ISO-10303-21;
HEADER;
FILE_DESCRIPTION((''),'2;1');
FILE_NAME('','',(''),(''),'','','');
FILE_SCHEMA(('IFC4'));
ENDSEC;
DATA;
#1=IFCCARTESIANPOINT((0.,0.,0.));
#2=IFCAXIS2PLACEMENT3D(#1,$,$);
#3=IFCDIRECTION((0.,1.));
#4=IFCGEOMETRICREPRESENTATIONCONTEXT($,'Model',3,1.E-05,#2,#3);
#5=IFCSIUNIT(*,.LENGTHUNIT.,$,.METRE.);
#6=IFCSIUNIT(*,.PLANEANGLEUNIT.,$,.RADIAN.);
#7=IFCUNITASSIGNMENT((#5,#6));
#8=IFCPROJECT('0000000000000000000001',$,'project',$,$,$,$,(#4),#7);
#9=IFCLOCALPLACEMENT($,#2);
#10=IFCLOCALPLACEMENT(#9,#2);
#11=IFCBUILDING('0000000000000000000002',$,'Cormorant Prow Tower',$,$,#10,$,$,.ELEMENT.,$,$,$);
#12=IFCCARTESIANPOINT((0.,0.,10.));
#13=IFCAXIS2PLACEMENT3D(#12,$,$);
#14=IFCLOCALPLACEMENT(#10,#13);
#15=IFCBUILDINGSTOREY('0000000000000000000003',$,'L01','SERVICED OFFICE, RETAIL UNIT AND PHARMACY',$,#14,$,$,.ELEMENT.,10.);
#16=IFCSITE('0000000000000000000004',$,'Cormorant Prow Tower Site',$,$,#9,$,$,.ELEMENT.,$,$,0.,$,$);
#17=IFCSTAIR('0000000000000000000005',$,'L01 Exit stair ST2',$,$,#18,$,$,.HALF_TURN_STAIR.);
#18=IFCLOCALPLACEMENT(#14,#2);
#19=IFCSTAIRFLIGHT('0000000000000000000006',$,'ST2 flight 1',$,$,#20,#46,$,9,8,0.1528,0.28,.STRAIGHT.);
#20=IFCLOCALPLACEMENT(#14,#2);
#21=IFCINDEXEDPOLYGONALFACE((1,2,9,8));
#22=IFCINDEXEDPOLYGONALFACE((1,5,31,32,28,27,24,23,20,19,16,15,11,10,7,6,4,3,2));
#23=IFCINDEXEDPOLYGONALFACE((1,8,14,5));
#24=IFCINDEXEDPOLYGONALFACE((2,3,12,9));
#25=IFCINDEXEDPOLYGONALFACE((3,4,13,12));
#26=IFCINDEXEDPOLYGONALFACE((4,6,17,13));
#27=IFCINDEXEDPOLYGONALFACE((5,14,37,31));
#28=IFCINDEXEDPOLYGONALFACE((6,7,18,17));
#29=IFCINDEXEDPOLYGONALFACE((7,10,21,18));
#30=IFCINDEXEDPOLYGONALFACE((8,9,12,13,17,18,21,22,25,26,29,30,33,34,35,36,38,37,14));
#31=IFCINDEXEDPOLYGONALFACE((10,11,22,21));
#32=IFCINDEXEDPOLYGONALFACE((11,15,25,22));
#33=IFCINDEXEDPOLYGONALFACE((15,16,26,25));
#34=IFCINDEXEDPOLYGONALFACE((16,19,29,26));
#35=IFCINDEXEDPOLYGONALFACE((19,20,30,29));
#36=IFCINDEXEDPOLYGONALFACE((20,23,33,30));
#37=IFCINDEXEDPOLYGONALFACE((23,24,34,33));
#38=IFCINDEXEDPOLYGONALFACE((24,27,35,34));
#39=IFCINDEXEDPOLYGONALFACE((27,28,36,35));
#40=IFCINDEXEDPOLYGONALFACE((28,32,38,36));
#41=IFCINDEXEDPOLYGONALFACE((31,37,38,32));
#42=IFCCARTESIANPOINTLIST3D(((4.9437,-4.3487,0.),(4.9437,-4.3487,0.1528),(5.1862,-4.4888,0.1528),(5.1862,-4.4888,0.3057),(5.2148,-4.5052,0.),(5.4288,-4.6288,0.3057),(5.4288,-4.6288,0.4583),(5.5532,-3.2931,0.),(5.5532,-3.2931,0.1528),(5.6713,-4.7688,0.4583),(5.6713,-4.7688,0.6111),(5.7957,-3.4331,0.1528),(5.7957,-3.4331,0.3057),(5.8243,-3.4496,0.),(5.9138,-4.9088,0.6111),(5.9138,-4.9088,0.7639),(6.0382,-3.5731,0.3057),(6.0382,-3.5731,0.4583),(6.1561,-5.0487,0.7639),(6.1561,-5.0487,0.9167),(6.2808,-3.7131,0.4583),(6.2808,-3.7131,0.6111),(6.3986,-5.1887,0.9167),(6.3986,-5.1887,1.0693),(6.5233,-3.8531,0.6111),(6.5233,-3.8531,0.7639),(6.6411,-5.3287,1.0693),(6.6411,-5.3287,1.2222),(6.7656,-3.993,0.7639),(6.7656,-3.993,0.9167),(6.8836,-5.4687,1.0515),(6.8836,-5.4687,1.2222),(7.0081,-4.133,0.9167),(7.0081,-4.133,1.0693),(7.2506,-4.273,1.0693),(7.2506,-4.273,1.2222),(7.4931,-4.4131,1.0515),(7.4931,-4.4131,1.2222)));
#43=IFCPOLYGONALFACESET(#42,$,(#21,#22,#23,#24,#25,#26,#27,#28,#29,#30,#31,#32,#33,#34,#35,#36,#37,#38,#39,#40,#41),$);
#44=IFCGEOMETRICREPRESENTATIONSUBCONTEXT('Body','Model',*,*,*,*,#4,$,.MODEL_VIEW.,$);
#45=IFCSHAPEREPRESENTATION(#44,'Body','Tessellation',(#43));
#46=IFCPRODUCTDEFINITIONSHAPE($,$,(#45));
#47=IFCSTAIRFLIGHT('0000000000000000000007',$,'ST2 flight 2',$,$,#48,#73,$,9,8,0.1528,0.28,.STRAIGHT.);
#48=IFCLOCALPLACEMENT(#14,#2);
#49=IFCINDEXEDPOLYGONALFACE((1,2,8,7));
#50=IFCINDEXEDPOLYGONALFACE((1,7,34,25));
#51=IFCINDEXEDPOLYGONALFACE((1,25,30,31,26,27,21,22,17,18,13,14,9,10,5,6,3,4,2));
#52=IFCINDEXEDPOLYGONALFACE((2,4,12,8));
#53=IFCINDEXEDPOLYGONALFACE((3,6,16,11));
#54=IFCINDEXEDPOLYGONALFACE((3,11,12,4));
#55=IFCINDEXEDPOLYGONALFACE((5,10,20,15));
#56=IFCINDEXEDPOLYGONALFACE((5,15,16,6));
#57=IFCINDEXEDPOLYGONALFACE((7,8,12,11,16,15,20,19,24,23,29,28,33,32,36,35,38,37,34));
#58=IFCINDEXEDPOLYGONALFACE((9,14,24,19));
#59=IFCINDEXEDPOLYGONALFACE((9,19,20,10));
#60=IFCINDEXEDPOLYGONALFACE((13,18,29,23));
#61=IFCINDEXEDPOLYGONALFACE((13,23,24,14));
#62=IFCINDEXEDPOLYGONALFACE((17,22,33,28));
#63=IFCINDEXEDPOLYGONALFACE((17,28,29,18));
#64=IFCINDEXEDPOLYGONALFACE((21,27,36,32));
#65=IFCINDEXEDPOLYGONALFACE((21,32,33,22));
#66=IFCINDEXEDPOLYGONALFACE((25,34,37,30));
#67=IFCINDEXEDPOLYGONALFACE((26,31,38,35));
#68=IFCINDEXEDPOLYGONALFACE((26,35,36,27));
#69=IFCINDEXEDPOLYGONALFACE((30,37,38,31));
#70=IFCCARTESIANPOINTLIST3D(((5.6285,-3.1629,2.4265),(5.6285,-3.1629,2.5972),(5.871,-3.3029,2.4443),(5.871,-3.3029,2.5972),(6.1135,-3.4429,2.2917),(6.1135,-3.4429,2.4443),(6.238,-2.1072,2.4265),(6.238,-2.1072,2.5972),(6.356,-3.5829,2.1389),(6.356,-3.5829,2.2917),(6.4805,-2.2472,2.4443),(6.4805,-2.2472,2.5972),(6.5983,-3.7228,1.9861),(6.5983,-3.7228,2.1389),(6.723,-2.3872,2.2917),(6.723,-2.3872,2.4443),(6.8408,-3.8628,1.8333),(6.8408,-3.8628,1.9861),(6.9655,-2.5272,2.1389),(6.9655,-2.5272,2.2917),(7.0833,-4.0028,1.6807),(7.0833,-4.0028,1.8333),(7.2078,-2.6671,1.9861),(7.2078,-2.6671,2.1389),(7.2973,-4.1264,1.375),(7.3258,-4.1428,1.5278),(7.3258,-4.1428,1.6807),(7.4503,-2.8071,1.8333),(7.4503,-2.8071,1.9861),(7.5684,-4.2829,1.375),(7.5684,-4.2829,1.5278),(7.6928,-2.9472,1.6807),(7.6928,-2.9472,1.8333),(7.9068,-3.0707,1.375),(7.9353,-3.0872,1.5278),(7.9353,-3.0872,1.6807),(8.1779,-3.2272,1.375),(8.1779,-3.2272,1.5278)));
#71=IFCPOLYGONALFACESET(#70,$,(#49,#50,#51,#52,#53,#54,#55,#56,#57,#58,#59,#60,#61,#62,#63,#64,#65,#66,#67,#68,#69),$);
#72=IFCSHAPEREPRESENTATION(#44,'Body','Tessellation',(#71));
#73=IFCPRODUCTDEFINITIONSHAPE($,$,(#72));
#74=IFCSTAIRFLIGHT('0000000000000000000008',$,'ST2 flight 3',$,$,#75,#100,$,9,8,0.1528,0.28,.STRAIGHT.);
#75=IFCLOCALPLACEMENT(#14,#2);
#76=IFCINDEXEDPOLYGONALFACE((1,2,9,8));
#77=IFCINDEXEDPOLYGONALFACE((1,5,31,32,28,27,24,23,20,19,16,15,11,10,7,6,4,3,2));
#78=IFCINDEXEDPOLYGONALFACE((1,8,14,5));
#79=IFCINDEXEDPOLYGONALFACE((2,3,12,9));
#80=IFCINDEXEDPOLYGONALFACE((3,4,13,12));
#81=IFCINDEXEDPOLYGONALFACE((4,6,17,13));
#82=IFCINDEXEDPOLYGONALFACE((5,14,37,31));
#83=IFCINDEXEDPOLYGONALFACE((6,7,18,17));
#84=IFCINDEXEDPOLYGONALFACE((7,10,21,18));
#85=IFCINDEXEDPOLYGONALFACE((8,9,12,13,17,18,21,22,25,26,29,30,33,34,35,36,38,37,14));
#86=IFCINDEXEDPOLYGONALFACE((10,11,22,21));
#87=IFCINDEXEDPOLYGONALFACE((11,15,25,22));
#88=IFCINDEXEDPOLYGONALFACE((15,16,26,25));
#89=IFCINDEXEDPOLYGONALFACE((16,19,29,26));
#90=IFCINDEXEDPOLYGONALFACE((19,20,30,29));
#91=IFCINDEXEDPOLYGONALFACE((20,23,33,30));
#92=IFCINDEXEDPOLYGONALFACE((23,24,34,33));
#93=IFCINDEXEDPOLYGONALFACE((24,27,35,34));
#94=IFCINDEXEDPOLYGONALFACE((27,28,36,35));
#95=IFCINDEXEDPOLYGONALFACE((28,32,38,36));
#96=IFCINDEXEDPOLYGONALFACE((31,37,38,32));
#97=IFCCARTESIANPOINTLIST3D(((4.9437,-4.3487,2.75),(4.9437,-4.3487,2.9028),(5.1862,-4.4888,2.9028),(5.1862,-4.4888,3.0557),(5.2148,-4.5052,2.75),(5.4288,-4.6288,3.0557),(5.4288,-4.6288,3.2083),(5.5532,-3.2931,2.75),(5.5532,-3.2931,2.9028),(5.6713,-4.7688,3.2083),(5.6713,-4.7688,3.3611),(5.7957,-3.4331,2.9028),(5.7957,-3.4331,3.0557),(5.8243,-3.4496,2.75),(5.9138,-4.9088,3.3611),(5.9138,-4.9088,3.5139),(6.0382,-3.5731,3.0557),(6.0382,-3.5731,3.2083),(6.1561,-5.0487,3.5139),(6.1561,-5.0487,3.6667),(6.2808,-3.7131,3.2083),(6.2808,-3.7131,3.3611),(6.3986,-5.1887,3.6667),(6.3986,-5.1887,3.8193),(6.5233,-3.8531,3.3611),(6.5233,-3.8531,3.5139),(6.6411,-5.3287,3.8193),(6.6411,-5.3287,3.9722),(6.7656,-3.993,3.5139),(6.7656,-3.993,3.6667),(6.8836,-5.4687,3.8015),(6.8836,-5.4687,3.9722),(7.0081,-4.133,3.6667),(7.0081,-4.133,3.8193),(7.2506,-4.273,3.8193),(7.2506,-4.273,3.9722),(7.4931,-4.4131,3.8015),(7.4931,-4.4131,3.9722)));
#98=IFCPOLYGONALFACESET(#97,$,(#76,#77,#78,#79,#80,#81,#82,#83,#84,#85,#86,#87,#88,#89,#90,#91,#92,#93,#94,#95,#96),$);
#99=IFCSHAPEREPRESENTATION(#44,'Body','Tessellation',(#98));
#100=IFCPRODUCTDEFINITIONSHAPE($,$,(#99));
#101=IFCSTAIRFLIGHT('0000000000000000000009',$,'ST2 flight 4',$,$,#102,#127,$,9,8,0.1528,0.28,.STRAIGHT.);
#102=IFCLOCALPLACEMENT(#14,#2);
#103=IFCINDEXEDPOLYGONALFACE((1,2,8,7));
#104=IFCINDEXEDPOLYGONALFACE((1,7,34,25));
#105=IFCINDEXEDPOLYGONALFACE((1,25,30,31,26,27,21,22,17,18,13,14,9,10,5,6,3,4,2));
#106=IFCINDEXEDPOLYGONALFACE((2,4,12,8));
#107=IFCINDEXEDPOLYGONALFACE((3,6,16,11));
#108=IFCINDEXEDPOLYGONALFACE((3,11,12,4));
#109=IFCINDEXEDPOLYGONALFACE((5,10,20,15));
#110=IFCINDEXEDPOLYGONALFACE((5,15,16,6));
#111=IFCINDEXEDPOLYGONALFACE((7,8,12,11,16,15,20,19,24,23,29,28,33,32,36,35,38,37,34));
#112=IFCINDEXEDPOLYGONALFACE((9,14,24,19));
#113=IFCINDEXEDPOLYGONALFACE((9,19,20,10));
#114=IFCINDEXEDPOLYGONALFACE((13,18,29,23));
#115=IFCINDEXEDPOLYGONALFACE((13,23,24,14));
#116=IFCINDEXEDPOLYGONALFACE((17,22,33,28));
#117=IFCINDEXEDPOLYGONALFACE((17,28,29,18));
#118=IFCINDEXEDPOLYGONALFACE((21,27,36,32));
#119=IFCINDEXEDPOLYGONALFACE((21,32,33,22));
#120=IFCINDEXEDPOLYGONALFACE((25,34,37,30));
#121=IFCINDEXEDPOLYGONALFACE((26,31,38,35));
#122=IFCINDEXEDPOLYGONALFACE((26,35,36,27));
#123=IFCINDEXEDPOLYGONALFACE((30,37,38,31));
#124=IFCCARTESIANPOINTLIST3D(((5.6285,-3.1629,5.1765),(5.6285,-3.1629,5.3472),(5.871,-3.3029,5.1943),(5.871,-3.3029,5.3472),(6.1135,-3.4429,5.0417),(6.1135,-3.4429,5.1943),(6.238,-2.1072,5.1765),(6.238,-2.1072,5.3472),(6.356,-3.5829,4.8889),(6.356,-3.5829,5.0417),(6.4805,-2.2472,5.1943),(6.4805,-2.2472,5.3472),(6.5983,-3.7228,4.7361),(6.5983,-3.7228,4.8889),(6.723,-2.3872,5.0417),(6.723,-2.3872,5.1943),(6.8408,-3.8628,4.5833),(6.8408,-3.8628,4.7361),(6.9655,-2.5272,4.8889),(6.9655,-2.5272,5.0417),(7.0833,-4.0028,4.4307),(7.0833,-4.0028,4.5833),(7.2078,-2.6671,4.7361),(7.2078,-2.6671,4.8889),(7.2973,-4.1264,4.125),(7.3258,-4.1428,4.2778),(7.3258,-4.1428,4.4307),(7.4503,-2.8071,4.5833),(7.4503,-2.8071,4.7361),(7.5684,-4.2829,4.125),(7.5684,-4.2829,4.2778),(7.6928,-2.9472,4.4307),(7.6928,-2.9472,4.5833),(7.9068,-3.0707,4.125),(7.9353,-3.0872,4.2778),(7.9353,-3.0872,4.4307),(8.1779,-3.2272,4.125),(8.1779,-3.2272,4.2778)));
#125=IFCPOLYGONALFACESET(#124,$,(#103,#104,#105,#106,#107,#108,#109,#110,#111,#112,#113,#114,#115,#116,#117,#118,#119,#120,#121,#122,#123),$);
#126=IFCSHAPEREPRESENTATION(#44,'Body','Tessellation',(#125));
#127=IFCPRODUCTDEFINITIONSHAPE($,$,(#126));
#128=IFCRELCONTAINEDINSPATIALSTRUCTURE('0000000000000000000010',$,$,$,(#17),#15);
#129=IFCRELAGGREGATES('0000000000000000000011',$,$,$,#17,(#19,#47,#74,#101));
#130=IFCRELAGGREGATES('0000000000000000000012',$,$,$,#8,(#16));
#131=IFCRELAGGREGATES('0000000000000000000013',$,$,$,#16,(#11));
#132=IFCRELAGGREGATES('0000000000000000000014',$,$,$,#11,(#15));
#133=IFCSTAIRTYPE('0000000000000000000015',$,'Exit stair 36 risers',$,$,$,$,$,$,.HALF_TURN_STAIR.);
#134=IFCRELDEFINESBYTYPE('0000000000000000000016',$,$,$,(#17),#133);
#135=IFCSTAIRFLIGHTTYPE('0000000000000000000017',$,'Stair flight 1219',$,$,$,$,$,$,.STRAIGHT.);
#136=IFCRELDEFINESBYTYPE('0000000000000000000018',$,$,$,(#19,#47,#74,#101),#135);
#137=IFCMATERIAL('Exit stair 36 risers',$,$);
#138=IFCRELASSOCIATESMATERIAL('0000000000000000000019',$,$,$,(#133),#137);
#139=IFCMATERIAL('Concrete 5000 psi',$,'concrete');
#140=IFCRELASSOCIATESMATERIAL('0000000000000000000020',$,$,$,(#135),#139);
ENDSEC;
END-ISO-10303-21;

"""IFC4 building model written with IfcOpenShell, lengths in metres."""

from ifc_helpers import new_model, si_unit, direction, frame, origin, place, context, subcontext, project, spatial, polyline, outline, extrude, material, type_object, element, aggregate, save


model = new_model("IFC4")

# Units and contexts
model_context = context("Model", 3, precision=1e-05, world=origin(), true_north=direction((0.0, 1.0)))
body_context = subcontext(model_context, "Body", "Model", "MODEL_VIEW")
ifc_project = project(units=[si_unit("LENGTHUNIT", "METRE"), si_unit("PLANEANGLEUNIT", "RADIAN")], contexts=[model_context])

# Site, building, storey
site_placement = place(None, origin())
site = spatial("IfcSite", under=ifc_project, at=site_placement, Name="Cormorant Prow Tower Site", CompositionType="ELEMENT", RefElevation=0.0)
building_placement = place(site_placement, origin())
building = spatial("IfcBuilding", under=site, at=building_placement, Name="Cormorant Prow Tower", CompositionType="ELEMENT")
storey_placement = place(building_placement, frame((0.0, 0.0, 10.0)))
storey = spatial("IfcBuildingStorey", under=building, at=storey_placement, Name="L01", Description="SERVICED OFFICE, RETAIL UNIT AND PHARMACY", CompositionType="ELEMENT", Elevation=10.0)

# Stair, stair flights
ifc_material_1 = material(Name="Exit stair 36 risers")
stair_type = type_object("IfcStairType", Name="Exit stair 36 risers", PredefinedType="HALF_TURN_STAIR", material=ifc_material_1)
stair_placement = place(storey_placement, origin())
stair = element("IfcStair", 1, at=stair_placement, inside=storey, type_object=stair_type, Name="L01 Exit stair ST2", PredefinedType="HALF_TURN_STAIR")
ifc_material_2 = material(Name="Concrete 5000 psi", Category="concrete")
stair_flight_type = type_object("IfcStairFlightType", Name="Stair flight 1219", PredefinedType="STRAIGHT", material=ifc_material_2)
stair_flight_1_placement = place(storey_placement, frame((5.2485, -3.8208, 0.0), z_axis=(0.0, 0.0, 1.0), x_axis=(0.866025, -0.5, 0.0)))
stair_flight_1 = element("IfcStairFlight", 2, at=stair_flight_1_placement, type_object=stair_flight_type, Name="ST2 flight 1", NumberOfRisers=9, NumberOfTreads=8, PredefinedType="STRAIGHT", RiserHeight=0.1528, TreadLength=0.28, context=body_context, shape_type="SweptSolid", body=[
    extrude(outline(polyline([(0.0, 0.0), (0.0, 0.1528), (0.28, 0.1528), (0.28, 0.3057), (0.5601, 0.3057), (0.5601, 0.4583), (0.8401, 0.4583), (0.8401, 0.6111), (1.1201, 0.6111), (1.1201, 0.7639), (1.3999, 0.7639), (1.3999, 0.9167), (1.6799, 0.9167), (1.6799, 1.0693), (1.96, 1.0693), (1.96, 1.2222), (2.24, 1.2222), (2.24, 1.375), (2.24, 1.0515), (0.313, 0.0), (0.0, 0.0)])), frame((0.0, 0.6094, 0.0), z_axis=(0.0, -1.0, 0.0), x_axis=(1.0, 0.0, 0.0)), (0.0, 0.0, 1.0), 1.219),
])
stair_flight_2_placement = place(storey_placement, frame((7.873, -3.7551, 1.375), z_axis=(0.0, 0.0, 1.0), x_axis=(-0.866025, 0.5, 0.0)))
stair_flight_2 = element("IfcStairFlight", 3, at=stair_flight_2_placement, type_object=stair_flight_type, Name="ST2 flight 2", NumberOfRisers=9, NumberOfTreads=8, PredefinedType="STRAIGHT", RiserHeight=0.1528, TreadLength=0.28, context=body_context, shape_type="SweptSolid", body=[
    extrude(outline(polyline([(0.0, 0.0), (0.0, 0.1528), (0.28, 0.1528), (0.28, 0.3057), (0.5601, 0.3057), (0.5601, 0.4583), (0.8401, 0.4583), (0.8401, 0.6111), (1.1201, 0.6111), (1.1201, 0.7639), (1.3999, 0.7639), (1.3999, 0.9167), (1.6799, 0.9167), (1.6799, 1.0693), (1.96, 1.0693), (1.96, 1.2222), (2.24, 1.2222), (2.24, 1.375), (2.24, 1.0515), (0.313, 0.0), (0.0, 0.0)])), frame((0.0, 0.6094, 0.0), z_axis=(0.0, -1.0, 0.0), x_axis=(1.0, 0.0, 0.0)), (0.0, 0.0, 1.0), 1.219),
])
stair_flight_3_placement = place(storey_placement, frame((5.2485, -3.8208, 2.75), z_axis=(0.0, 0.0, 1.0), x_axis=(0.866025, -0.5, 0.0)))
stair_flight_3 = element("IfcStairFlight", 4, at=stair_flight_3_placement, type_object=stair_flight_type, Name="ST2 flight 3", NumberOfRisers=9, NumberOfTreads=8, PredefinedType="STRAIGHT", RiserHeight=0.1528, TreadLength=0.28, context=body_context, shape_type="SweptSolid", body=[
    extrude(outline(polyline([(0.0, 0.0), (0.0, 0.1528), (0.28, 0.1528), (0.28, 0.3057), (0.5601, 0.3057), (0.5601, 0.4583), (0.8401, 0.4583), (0.8401, 0.6111), (1.1201, 0.6111), (1.1201, 0.7639), (1.3999, 0.7639), (1.3999, 0.9167), (1.6799, 0.9167), (1.6799, 1.0693), (1.96, 1.0693), (1.96, 1.2222), (2.24, 1.2222), (2.24, 1.375), (2.24, 1.0515), (0.313, 0.0), (0.0, 0.0)])), frame((0.0, 0.6094, 0.0), z_axis=(0.0, -1.0, 0.0), x_axis=(1.0, 0.0, 0.0)), (0.0, 0.0, 1.0), 1.219),
])
stair_flight_4_placement = place(storey_placement, frame((7.873, -3.7551, 4.125), z_axis=(0.0, 0.0, 1.0), x_axis=(-0.866025, 0.5, 0.0)))
stair_flight_4 = element("IfcStairFlight", 5, at=stair_flight_4_placement, type_object=stair_flight_type, Name="ST2 flight 4", NumberOfRisers=9, NumberOfTreads=8, PredefinedType="STRAIGHT", RiserHeight=0.1528, TreadLength=0.28, context=body_context, shape_type="SweptSolid", body=[
    extrude(outline(polyline([(0.0, 0.0), (0.0, 0.1528), (0.28, 0.1528), (0.28, 0.3057), (0.5601, 0.3057), (0.5601, 0.4583), (0.8401, 0.4583), (0.8401, 0.6111), (1.1201, 0.6111), (1.1201, 0.7639), (1.3999, 0.7639), (1.3999, 0.9167), (1.6799, 0.9167), (1.6799, 1.0693), (1.96, 1.0693), (1.96, 1.2222), (2.24, 1.2222), (2.24, 1.375), (2.24, 1.0515), (0.313, 0.0), (0.0, 0.0)])), frame((0.0, 0.6094, 0.0), z_axis=(0.0, -1.0, 0.0), x_axis=(1.0, 0.0, 0.0)), (0.0, 0.0, 1.0), 1.219),
])
aggregate(stair, [stair_flight_1, stair_flight_2, stair_flight_3, stair_flight_4])

save(model, "model.ifc")
